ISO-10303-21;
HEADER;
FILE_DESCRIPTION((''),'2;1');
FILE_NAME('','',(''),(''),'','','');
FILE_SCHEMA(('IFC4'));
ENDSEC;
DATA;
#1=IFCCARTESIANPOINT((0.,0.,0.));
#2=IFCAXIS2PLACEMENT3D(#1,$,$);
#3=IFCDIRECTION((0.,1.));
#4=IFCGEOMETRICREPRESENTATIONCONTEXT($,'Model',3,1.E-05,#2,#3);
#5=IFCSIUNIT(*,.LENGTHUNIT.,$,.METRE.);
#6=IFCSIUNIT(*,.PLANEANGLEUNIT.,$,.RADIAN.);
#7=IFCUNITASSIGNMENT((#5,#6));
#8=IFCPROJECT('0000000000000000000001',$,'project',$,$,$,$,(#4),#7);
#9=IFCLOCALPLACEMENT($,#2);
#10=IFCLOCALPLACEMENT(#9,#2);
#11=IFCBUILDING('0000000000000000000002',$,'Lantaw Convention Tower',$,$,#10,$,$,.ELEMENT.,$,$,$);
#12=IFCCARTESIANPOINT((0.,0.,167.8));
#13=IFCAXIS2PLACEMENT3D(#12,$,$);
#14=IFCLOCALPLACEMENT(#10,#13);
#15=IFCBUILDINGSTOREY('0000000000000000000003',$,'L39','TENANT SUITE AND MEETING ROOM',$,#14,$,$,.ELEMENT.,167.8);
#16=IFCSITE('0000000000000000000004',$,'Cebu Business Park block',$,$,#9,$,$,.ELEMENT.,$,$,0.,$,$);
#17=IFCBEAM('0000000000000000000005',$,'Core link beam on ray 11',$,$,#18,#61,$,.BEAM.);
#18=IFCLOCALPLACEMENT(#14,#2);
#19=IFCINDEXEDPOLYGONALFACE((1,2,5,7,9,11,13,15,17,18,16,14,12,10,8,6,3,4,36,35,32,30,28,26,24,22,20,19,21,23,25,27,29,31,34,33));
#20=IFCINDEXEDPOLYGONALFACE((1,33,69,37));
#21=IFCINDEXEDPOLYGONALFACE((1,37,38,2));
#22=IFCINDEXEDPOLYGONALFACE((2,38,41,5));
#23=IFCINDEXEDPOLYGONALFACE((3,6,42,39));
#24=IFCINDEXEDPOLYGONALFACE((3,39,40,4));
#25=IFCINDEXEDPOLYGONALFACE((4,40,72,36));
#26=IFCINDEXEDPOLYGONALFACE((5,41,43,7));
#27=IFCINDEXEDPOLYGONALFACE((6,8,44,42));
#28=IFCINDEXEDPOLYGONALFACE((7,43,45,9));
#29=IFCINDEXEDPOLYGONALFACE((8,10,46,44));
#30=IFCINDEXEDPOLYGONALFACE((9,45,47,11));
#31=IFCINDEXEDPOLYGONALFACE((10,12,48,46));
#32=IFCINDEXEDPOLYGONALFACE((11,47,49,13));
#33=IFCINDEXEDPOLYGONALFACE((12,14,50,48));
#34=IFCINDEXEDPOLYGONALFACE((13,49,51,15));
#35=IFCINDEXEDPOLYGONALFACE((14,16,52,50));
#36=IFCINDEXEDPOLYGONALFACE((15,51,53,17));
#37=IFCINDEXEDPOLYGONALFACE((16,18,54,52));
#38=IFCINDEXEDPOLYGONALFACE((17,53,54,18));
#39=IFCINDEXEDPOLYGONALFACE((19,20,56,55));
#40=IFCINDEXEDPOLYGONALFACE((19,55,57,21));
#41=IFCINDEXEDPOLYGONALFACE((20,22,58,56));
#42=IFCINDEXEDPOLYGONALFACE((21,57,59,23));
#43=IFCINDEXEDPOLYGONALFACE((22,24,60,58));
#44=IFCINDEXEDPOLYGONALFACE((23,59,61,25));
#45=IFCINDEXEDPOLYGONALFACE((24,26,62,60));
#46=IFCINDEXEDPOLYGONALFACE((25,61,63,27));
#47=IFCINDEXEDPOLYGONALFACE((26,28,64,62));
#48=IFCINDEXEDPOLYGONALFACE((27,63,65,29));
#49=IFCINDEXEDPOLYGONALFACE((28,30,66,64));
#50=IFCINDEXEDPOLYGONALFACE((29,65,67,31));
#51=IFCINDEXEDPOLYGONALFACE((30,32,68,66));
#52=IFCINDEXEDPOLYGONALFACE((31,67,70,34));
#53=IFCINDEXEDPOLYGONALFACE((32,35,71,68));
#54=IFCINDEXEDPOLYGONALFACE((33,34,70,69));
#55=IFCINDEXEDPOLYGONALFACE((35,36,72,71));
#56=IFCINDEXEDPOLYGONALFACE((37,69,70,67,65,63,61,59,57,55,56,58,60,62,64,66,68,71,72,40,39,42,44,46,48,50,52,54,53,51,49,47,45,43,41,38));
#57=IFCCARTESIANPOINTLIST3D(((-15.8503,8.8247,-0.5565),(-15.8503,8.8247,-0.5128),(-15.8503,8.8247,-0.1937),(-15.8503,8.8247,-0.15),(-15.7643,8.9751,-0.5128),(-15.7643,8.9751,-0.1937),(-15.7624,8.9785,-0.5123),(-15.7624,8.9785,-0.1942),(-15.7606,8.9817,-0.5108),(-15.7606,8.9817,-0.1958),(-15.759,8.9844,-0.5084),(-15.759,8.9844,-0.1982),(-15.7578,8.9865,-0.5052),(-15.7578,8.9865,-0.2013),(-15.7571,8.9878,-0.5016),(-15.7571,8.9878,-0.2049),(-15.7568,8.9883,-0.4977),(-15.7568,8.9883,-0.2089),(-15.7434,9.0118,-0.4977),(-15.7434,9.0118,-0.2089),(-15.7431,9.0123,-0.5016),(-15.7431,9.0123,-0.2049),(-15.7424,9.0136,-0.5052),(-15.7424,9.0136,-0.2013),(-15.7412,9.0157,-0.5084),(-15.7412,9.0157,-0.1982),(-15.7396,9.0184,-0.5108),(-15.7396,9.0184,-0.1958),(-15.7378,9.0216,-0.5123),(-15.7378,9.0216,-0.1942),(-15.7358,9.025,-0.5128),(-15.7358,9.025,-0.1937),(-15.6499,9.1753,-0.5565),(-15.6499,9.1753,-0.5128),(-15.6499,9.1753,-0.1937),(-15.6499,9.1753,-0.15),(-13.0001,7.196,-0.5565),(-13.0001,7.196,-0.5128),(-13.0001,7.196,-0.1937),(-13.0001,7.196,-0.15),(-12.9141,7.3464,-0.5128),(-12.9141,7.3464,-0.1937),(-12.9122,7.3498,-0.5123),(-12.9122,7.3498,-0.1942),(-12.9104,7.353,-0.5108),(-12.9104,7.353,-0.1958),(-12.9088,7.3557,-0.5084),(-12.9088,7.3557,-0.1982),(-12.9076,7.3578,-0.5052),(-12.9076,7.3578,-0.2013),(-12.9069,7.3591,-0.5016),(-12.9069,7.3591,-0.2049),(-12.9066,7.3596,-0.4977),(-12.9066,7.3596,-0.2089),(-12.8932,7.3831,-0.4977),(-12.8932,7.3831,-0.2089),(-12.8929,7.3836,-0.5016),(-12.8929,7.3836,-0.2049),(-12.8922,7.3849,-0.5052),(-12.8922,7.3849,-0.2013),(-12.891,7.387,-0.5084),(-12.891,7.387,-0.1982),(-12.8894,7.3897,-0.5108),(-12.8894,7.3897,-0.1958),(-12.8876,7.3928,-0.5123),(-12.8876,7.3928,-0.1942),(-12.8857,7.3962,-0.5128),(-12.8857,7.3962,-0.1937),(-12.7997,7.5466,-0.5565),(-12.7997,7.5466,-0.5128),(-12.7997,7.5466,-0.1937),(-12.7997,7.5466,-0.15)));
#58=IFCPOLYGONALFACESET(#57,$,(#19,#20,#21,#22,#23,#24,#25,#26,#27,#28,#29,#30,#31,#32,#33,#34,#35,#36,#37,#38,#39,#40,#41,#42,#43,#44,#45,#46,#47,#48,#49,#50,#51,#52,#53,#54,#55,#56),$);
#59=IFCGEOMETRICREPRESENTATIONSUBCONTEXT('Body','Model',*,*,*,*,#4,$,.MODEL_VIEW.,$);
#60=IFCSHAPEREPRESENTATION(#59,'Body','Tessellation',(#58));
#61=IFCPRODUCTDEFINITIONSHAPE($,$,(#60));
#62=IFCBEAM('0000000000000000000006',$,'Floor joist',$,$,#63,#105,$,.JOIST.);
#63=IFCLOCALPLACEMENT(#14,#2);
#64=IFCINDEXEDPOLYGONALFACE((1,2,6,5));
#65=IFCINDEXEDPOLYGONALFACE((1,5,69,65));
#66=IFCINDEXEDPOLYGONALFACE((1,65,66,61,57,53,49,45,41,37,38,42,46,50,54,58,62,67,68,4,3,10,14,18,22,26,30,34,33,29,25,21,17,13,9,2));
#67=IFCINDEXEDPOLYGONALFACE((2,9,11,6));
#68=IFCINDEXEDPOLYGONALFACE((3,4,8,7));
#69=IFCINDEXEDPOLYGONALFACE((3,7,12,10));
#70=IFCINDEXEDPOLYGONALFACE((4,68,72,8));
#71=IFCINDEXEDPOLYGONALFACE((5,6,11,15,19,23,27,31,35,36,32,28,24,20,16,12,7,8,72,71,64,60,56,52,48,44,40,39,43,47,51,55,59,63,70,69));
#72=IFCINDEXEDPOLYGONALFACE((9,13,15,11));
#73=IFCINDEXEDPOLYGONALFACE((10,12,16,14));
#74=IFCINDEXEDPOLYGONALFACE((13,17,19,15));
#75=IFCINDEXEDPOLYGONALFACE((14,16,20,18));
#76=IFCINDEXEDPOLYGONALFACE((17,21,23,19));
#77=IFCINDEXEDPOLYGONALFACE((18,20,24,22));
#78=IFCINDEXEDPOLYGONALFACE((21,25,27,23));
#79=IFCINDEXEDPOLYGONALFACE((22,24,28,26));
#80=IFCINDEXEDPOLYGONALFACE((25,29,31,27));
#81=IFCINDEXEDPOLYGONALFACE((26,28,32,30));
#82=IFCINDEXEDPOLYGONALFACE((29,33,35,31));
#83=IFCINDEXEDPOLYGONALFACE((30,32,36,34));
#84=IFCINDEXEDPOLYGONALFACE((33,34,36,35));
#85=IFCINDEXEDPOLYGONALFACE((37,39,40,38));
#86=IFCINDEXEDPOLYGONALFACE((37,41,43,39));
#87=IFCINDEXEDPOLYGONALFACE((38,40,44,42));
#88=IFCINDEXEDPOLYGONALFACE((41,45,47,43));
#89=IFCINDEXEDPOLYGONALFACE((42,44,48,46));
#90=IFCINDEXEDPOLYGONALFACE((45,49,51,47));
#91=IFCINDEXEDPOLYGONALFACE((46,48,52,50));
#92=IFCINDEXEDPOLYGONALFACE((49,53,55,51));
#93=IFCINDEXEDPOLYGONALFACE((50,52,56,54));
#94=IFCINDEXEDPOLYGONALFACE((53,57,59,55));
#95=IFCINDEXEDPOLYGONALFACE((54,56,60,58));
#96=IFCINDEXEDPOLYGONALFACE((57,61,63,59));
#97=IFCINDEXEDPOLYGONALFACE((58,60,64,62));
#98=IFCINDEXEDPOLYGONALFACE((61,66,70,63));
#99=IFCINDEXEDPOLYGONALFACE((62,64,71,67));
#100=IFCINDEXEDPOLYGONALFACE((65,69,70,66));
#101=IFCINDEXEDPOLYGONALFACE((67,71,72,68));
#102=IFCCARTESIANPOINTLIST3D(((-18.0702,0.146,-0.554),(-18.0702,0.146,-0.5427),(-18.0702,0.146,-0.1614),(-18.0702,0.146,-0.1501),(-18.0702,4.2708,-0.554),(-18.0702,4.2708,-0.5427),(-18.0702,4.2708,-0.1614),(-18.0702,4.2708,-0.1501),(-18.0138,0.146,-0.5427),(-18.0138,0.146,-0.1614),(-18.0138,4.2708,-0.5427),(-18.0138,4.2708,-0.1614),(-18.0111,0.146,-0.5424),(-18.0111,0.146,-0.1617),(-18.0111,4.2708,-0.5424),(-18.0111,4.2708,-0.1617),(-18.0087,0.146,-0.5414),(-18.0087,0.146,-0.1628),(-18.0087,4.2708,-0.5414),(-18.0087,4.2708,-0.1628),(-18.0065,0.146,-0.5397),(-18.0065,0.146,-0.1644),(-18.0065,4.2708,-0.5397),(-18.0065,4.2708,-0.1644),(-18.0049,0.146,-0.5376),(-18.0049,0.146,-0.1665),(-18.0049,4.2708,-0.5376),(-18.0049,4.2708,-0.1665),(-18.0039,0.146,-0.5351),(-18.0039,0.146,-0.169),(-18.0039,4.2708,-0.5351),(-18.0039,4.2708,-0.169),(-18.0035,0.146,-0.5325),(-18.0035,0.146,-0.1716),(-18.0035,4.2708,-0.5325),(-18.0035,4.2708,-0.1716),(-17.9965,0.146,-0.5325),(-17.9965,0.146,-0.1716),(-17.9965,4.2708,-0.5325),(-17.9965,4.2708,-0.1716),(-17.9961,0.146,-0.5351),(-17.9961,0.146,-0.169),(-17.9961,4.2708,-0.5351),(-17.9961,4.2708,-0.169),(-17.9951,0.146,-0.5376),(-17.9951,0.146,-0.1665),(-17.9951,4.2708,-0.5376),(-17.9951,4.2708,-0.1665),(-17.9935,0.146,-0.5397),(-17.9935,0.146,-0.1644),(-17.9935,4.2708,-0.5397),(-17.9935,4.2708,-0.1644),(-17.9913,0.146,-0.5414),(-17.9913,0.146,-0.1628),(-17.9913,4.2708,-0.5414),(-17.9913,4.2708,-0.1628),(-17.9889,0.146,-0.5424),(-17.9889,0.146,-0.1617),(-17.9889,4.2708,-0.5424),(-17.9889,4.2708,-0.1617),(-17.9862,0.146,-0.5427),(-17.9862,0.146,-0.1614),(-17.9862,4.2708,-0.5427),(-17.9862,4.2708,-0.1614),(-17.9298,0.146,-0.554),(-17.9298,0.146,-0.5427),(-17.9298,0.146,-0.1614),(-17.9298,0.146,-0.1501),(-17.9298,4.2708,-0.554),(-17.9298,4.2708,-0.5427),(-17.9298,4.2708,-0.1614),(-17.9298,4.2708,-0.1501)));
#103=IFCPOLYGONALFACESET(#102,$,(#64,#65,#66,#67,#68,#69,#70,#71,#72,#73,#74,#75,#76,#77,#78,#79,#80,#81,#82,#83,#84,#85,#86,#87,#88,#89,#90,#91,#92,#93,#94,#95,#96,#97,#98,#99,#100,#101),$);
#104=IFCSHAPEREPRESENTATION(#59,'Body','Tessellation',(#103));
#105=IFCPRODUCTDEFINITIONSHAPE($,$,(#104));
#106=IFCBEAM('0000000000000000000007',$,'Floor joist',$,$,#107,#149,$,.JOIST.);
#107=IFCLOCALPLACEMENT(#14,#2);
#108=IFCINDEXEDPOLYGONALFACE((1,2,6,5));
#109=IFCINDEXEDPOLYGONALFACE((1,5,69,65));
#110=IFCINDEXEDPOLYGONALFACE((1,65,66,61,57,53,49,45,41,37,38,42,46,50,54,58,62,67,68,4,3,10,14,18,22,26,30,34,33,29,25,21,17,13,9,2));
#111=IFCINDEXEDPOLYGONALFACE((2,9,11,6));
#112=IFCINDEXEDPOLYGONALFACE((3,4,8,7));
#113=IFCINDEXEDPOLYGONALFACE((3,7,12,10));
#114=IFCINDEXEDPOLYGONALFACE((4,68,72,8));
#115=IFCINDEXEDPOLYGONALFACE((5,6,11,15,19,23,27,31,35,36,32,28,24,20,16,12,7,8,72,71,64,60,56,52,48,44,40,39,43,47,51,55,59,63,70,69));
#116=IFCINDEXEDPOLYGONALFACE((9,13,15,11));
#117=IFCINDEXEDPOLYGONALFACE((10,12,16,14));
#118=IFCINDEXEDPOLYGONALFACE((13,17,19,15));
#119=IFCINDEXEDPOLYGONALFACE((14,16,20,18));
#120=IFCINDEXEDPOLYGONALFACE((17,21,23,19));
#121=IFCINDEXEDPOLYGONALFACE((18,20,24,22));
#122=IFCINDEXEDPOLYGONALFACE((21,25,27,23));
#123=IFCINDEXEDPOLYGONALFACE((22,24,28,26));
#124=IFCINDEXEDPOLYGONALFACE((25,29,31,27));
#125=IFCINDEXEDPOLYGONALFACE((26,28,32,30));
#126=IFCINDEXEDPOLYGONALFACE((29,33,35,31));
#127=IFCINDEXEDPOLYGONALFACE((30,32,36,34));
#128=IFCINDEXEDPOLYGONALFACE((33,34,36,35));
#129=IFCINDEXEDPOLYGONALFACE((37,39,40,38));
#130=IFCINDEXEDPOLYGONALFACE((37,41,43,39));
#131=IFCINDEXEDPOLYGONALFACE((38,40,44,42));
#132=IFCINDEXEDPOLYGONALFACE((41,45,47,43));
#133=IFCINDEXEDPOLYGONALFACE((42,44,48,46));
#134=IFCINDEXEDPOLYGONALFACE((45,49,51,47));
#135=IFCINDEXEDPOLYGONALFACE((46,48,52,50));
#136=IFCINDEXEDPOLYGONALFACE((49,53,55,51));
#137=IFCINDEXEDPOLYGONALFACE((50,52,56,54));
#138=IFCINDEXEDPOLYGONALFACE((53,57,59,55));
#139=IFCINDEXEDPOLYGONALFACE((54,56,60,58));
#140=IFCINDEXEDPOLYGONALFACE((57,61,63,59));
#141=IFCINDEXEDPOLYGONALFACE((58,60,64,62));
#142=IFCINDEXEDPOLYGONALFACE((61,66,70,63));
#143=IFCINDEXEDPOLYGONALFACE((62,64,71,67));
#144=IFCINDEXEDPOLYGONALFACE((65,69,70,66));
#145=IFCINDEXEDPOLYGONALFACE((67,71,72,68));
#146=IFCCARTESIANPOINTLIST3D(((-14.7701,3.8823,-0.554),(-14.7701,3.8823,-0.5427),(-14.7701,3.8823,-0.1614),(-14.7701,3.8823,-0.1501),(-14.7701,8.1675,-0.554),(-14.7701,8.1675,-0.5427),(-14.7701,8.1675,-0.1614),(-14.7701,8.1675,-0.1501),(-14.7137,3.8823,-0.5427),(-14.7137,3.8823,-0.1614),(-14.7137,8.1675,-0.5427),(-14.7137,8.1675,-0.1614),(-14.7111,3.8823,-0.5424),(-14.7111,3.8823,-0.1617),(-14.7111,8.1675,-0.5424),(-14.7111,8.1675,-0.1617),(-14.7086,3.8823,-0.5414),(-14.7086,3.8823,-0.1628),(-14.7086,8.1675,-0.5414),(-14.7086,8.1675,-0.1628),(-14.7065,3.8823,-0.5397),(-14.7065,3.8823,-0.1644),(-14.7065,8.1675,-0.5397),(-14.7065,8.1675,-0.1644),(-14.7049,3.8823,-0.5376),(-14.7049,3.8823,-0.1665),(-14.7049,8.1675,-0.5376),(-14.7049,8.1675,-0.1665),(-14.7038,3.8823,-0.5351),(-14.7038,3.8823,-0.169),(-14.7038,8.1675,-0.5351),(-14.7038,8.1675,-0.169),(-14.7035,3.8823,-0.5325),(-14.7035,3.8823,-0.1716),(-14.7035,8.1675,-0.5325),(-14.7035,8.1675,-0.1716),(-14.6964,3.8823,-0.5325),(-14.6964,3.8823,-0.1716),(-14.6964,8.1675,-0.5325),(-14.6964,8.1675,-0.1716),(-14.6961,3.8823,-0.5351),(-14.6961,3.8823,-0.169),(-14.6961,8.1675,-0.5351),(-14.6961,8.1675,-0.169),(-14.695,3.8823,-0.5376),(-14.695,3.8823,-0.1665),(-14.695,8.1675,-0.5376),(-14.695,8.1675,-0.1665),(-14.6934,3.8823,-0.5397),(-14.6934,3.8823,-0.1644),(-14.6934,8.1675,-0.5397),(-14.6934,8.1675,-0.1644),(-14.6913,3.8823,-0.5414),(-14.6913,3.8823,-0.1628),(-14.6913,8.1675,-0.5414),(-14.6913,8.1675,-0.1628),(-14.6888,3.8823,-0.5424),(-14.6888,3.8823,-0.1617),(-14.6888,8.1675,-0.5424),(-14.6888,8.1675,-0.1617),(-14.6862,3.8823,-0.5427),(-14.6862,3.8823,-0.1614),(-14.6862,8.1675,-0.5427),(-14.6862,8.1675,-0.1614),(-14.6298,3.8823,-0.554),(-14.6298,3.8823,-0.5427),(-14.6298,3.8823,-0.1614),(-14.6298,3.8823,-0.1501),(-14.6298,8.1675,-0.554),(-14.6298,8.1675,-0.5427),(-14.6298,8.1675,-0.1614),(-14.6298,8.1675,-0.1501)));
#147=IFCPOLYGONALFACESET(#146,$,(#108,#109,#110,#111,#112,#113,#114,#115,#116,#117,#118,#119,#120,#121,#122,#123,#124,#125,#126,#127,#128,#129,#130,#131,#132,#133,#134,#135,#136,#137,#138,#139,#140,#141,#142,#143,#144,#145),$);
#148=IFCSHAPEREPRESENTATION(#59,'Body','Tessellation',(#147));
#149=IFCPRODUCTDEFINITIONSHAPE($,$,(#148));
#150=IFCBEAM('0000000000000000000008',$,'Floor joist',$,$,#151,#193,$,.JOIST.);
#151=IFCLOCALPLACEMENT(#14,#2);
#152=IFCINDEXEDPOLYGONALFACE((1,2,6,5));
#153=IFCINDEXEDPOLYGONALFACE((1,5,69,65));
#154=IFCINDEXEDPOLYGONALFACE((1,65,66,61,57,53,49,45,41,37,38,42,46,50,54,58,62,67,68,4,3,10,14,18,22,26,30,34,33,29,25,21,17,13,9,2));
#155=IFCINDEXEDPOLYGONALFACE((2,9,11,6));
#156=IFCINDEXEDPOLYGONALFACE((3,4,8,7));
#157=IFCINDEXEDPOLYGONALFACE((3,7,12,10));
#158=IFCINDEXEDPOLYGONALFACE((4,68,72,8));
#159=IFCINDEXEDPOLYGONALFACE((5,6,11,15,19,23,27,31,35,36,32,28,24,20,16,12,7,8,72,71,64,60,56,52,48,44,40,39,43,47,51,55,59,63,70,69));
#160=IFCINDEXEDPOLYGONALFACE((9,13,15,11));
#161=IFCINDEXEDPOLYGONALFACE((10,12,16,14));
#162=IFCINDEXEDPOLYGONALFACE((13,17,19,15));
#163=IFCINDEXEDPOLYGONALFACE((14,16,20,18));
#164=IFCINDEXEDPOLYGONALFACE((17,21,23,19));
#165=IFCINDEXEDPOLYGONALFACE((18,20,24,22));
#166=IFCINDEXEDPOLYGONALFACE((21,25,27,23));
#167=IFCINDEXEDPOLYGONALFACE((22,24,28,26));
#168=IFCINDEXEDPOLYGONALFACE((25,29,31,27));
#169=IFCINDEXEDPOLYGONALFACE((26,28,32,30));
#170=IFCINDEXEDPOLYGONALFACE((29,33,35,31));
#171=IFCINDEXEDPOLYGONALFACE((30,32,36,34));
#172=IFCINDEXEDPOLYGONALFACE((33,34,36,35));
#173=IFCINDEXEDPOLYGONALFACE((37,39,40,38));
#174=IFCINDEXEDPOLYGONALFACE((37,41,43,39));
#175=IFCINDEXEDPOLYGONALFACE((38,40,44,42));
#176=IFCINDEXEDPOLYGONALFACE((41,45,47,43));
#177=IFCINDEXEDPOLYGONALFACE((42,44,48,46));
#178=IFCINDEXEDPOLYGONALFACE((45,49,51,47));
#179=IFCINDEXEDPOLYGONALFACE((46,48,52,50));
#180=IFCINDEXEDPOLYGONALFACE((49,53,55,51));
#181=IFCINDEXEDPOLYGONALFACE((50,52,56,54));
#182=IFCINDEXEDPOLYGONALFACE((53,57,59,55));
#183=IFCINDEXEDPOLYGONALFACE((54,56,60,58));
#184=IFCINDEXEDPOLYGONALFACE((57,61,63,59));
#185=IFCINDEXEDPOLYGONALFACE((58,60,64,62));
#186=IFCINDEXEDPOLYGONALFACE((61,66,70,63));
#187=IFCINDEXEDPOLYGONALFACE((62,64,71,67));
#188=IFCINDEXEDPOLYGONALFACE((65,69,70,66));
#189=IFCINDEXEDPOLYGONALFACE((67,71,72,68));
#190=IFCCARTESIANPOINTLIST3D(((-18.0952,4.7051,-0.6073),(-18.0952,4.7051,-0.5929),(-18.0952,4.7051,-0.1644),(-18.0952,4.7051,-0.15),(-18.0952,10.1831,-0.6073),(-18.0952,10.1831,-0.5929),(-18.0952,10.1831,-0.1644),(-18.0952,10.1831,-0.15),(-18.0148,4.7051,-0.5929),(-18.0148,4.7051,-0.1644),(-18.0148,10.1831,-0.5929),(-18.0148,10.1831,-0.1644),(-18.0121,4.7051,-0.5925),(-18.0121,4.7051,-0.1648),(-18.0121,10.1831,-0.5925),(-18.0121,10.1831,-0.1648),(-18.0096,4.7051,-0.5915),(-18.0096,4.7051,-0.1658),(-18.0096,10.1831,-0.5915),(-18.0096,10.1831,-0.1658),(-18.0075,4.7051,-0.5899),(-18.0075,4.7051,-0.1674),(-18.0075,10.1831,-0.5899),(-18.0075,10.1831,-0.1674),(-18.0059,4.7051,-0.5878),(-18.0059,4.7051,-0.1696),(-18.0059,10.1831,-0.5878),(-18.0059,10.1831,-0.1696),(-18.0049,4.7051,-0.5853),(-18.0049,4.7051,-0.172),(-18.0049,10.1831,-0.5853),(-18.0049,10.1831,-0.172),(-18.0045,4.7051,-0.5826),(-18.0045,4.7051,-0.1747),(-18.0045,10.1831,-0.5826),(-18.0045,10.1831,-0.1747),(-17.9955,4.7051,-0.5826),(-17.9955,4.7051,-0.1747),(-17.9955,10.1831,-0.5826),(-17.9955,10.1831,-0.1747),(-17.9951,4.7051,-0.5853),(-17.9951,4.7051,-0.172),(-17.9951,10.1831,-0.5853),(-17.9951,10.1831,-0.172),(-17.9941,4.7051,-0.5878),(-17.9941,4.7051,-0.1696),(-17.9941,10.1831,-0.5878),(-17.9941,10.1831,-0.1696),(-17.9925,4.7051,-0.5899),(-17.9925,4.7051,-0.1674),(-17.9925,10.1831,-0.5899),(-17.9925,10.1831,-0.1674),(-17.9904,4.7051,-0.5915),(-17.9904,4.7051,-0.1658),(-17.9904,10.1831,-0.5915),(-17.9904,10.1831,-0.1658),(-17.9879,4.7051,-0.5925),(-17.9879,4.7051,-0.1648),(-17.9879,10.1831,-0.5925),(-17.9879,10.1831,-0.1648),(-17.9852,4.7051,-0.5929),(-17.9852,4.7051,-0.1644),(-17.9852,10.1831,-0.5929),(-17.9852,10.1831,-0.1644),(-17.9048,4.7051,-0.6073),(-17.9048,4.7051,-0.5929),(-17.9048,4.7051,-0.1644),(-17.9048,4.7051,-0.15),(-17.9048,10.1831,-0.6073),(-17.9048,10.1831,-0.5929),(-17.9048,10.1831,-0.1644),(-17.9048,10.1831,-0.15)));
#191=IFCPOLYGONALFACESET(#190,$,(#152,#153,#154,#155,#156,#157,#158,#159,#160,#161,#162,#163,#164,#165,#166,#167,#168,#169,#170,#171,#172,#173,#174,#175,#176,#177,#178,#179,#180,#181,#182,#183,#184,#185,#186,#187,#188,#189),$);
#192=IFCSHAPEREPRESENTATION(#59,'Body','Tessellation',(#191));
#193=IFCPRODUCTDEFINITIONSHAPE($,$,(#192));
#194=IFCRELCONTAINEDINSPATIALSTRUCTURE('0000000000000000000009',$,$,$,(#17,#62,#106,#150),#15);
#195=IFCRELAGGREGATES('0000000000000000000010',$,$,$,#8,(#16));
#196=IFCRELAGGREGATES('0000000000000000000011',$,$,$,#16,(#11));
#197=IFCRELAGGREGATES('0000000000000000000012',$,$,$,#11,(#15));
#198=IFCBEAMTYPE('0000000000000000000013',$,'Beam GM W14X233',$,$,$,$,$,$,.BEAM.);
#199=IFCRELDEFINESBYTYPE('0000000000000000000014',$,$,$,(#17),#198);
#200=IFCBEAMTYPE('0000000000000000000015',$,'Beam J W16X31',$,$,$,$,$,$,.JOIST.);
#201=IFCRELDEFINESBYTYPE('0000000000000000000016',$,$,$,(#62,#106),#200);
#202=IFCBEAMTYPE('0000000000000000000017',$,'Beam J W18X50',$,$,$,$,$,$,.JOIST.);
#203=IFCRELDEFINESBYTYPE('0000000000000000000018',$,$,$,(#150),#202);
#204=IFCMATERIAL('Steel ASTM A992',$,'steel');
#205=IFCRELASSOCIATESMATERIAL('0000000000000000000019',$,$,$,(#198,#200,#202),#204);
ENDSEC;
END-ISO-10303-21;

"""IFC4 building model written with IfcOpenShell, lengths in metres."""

from ifc_helpers import new_model, si_unit, direction, frame, origin, origin_2d, place, context, subcontext, project, spatial, i_section, extrude, material, material_profile, profile_set, type_object, element, save


model = new_model("IFC4")

# Units and contexts
model_context = context("Model", 3, precision=1e-05, world=origin(), true_north=direction((0.0, 1.0)))
body_context = subcontext(model_context, "Body", "Model", "MODEL_VIEW")
ifc_project = project(units=[si_unit("LENGTHUNIT", "METRE"), si_unit("PLANEANGLEUNIT", "RADIAN")], contexts=[model_context])

# Site, building, storey
site_placement = place(None, origin())
site = spatial("IfcSite", under=ifc_project, at=site_placement, Name="Cebu Business Park block", CompositionType="ELEMENT", RefElevation=0.0)
building_placement = place(site_placement, origin())
building = spatial("IfcBuilding", under=site, at=building_placement, Name="Lantaw Convention Tower", CompositionType="ELEMENT")
storey_placement = place(building_placement, frame((0.0, 0.0, 167.8)))
storey = spatial("IfcBuildingStorey", under=building, at=storey_placement, Name="L39", Description="TENANT SUITE AND MEETING ROOM", CompositionType="ELEMENT", Elevation=167.8)

# Beams
ifc_material_1 = material(Name="Steel ASTM A992", Category="steel")
ifc_material_profile_1 = material_profile(ifc_material_1, i_section(OverallWidth=0.4038, OverallDepth=0.4065, WebThickness=0.0271, FlangeThickness=0.0437, FilletRadius=0.0151, at=origin_2d()), Name="W14X233")
ifc_profile_set_1 = profile_set([ifc_material_profile_1], Name="Steel ASTM A992")
beam_type_1 = type_object("IfcBeamType", Name="Beam GM W14X233", PredefinedType="BEAM", material=ifc_profile_set_1)
beam_1_placement = place(storey_placement, frame((-12.8999, 7.3713, -0.3533), z_axis=(-0.868239, 0.496147, 0.0), x_axis=(-0.496147, -0.868239, 0.0)))
element("IfcBeam", 1, at=beam_1_placement, inside=storey, type_object=beam_type_1, Name="Core link beam on ray 11", PredefinedType="BEAM", context=body_context, shape_type="SweptSolid", body=[
    extrude(i_section(OverallWidth=0.4038, OverallDepth=0.4065, WebThickness=0.0271, FlangeThickness=0.0437, FilletRadius=0.0151, at=origin_2d()), origin(), (0.0, 0.0, 1.0), 3.2827),
])
ifc_material_profile_2 = material_profile(ifc_material_1, i_section(OverallWidth=0.1404, OverallDepth=0.4038, WebThickness=0.0071, FlangeThickness=0.0112, FilletRadius=0.0103, at=origin_2d()), Name="W16X31")
ifc_profile_set_2 = profile_set([ifc_material_profile_2], Name="Steel ASTM A992")
beam_type_2 = type_object("IfcBeamType", Name="Beam J W16X31", PredefinedType="JOIST", material=ifc_profile_set_2)
beam_2_placement = place(storey_placement, frame((-18.0, 0.146, -0.3521), z_axis=(0.0, 1.0, 0.0), x_axis=(-1.0, 0.0, 0.0)))
element("IfcBeam", 2, at=beam_2_placement, inside=storey, type_object=beam_type_2, Name="Floor joist", PredefinedType="JOIST", context=body_context, shape_type="SweptSolid", body=[
    extrude(i_section(OverallWidth=0.1404, OverallDepth=0.4038, WebThickness=0.0071, FlangeThickness=0.0112, FilletRadius=0.0103, at=origin_2d()), origin(), (0.0, 0.0, 1.0), 4.1248),
])
beam_3_placement = place(storey_placement, frame((-14.7, 3.8823, -0.3521), z_axis=(0.0, 1.0, 0.0), x_axis=(-1.0, 0.0, 0.0)))
element("IfcBeam", 3, at=beam_3_placement, inside=storey, type_object=beam_type_2, Name="Floor joist", PredefinedType="JOIST", context=body_context, shape_type="SweptSolid", body=[
    extrude(i_section(OverallWidth=0.1404, OverallDepth=0.4038, WebThickness=0.0071, FlangeThickness=0.0112, FilletRadius=0.0103, at=origin_2d()), origin(), (0.0, 0.0, 1.0), 4.2852),
])
ifc_material_profile_3 = material_profile(ifc_material_1, i_section(OverallWidth=0.1904, OverallDepth=0.4573, WebThickness=0.009, FlangeThickness=0.0144, FilletRadius=0.0103, at=origin_2d()), Name="W18X50")
ifc_profile_set_3 = profile_set([ifc_material_profile_3], Name="Steel ASTM A992")
beam_type_3 = type_object("IfcBeamType", Name="Beam J W18X50", PredefinedType="JOIST", material=ifc_profile_set_3)
beam_4_placement = place(storey_placement, frame((-18.0, 4.7051, -0.3787), z_axis=(0.0, 1.0, 0.0), x_axis=(-1.0, 0.0, 0.0)))
element("IfcBeam", 4, at=beam_4_placement, inside=storey, type_object=beam_type_3, Name="Floor joist", PredefinedType="JOIST", context=body_context, shape_type="SweptSolid", body=[
    extrude(i_section(OverallWidth=0.1904, OverallDepth=0.4573, WebThickness=0.009, FlangeThickness=0.0144, FilletRadius=0.0103, at=origin_2d()), origin(), (0.0, 0.0, 1.0), 5.478),
])

save(model, "model.ifc")
